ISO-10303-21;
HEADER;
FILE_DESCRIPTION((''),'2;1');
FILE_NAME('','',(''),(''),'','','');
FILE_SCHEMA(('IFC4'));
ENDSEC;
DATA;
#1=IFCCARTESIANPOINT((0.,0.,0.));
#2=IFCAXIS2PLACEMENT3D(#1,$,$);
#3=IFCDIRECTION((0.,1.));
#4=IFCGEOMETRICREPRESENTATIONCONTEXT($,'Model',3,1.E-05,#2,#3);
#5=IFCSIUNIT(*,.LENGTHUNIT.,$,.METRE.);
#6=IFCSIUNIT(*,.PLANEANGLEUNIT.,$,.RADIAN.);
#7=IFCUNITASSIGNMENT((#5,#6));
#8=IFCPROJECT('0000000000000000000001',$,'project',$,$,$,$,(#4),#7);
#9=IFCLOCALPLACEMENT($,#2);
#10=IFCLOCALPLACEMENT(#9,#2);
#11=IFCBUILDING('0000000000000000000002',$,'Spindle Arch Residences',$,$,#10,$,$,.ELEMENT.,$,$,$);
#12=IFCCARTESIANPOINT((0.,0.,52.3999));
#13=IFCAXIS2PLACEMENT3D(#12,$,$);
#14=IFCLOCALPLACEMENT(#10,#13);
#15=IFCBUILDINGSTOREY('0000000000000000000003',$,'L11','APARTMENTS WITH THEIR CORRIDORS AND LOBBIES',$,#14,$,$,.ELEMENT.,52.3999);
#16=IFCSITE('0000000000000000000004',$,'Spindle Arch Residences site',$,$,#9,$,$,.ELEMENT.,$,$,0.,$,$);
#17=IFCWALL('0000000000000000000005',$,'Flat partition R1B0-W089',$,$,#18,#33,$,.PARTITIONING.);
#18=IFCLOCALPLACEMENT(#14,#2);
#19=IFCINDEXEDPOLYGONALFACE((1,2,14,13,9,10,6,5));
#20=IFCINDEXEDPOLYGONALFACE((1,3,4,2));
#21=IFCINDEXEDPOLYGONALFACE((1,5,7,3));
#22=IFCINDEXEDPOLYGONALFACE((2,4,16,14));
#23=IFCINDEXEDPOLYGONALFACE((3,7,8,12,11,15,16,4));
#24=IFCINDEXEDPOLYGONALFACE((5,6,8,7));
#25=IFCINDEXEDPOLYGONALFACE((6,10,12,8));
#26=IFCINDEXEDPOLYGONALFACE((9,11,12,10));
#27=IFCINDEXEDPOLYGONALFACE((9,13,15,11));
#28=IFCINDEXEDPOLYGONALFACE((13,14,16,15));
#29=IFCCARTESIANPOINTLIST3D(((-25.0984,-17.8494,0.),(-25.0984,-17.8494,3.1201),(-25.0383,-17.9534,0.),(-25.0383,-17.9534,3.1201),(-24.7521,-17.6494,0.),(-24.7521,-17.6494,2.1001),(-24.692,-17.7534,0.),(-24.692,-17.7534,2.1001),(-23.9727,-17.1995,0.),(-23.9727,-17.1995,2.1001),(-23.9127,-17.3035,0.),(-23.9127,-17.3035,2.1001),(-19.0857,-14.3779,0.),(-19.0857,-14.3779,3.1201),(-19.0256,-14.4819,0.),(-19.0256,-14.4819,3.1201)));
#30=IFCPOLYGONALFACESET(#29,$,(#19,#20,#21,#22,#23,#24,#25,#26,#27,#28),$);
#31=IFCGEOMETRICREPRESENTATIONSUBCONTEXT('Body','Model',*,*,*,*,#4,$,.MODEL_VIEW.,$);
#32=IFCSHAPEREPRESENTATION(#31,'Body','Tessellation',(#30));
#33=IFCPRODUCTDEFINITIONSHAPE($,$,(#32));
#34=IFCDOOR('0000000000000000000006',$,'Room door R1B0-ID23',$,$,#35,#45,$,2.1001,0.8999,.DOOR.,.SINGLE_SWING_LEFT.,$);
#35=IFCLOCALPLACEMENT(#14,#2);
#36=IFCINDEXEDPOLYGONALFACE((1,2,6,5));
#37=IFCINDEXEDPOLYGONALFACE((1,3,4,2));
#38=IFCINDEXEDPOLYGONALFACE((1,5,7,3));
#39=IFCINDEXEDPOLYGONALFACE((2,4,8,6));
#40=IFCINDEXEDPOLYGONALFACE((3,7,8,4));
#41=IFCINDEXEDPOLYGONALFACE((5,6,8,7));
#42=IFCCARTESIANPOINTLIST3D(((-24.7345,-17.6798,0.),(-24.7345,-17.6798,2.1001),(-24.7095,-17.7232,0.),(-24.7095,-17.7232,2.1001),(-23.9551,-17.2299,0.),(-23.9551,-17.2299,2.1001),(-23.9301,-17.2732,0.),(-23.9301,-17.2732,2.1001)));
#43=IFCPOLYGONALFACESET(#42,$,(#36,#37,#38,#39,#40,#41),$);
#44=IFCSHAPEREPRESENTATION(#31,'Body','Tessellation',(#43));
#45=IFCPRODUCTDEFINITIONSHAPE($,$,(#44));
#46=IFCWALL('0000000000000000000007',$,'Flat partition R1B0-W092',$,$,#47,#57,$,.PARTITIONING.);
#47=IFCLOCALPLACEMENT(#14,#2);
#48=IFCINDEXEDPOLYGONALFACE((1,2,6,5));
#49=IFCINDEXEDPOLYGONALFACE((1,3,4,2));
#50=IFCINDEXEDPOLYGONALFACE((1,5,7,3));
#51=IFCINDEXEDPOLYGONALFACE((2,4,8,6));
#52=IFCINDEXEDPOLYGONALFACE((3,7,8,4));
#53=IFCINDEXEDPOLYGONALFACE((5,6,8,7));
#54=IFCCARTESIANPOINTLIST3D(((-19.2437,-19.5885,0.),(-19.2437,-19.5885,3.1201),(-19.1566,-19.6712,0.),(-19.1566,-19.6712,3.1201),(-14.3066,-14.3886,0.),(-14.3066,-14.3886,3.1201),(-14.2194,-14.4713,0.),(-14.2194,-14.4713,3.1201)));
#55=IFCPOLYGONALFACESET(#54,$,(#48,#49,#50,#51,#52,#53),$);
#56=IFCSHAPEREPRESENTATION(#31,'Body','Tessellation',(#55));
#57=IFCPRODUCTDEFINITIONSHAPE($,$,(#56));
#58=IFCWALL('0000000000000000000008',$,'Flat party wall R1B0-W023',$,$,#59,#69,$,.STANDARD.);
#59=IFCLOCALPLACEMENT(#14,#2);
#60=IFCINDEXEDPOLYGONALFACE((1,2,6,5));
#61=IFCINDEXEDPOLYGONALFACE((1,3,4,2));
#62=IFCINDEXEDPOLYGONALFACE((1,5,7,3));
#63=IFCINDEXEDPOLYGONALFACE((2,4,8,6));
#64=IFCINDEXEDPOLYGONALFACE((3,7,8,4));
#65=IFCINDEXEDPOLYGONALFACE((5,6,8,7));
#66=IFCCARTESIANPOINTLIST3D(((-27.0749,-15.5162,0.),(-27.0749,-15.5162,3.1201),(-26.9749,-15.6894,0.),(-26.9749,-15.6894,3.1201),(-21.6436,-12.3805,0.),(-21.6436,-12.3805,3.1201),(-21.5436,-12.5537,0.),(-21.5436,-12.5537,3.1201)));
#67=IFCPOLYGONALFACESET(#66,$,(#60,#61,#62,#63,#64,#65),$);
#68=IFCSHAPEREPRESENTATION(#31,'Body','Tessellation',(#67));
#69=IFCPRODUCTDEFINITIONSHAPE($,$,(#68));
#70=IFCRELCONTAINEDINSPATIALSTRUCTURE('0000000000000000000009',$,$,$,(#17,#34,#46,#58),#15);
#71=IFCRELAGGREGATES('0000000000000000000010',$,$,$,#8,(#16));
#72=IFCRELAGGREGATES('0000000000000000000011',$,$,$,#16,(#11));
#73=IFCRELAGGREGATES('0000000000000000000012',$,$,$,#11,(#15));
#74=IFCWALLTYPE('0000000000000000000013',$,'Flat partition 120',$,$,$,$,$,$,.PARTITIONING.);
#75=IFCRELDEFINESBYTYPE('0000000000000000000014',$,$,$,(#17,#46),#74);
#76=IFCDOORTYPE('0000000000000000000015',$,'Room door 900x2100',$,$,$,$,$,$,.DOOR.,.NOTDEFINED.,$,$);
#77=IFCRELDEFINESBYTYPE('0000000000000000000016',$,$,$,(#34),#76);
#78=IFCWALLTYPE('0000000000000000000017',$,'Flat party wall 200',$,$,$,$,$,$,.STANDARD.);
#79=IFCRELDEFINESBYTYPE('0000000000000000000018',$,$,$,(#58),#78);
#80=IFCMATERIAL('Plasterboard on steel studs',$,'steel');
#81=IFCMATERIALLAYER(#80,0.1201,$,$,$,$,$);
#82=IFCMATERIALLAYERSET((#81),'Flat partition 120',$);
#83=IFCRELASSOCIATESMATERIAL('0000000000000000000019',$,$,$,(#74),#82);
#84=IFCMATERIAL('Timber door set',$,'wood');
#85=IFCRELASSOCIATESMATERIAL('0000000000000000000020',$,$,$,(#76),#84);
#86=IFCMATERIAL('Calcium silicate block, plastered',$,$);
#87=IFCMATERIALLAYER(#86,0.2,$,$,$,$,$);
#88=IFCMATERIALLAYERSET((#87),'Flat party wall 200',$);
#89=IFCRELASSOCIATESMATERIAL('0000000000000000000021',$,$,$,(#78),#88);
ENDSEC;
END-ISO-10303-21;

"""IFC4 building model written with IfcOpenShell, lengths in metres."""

from ifc_helpers import new_model, si_unit, direction, frame, frame_2d, origin, place, context, subcontext, project, spatial, rectangle, extrude, material, layer, layer_set, type_object, element, fill, save


model = new_model("IFC4")

# Units and contexts
model_context = context("Model", 3, precision=1e-05, world=origin(), true_north=direction((0.0, 1.0)))
body_context = subcontext(model_context, "Body", "Model", "MODEL_VIEW")
ifc_project = project(units=[si_unit("LENGTHUNIT", "METRE"), si_unit("PLANEANGLEUNIT", "RADIAN")], contexts=[model_context])

# Site, building, storey
site_placement = place(None, origin())
site = spatial("IfcSite", under=ifc_project, at=site_placement, Name="Spindle Arch Residences site", CompositionType="ELEMENT", RefElevation=0.0)
building_placement = place(site_placement, origin())
building = spatial("IfcBuilding", under=site, at=building_placement, Name="Spindle Arch Residences", CompositionType="ELEMENT")
storey_placement = place(building_placement, frame((0.0, 0.0, 52.3999)))
storey = spatial("IfcBuildingStorey", under=building, at=storey_placement, Name="L11", Description="APARTMENTS WITH THEIR CORRIDORS AND LOBBIES", CompositionType="ELEMENT", Elevation=52.3999)

# Shared definitions
ifc_material_1 = material(Name="Plasterboard on steel studs", Category="steel")
ifc_layer_1 = layer(ifc_material_1, 0.1201)
ifc_layer_set_1 = layer_set([ifc_layer_1], Name="Flat partition 120")
wall_type_1 = type_object("IfcWallType", Name="Flat partition 120", PredefinedType="PARTITIONING", material=ifc_layer_set_1)

# Wall, opening, door
wall_1_placement = place(storey_placement, frame((-25.0684, -17.9014, 0.0), z_axis=(0.0, 0.0, 1.0), x_axis=(0.866025, 0.5, 0.0)))
wall_1 = element("IfcWall", 1, at=wall_1_placement, inside=storey, type_object=wall_type_1, Name="Flat partition R1B0-W089", PredefinedType="PARTITIONING", context=body_context, shape_type="SweptSolid", body=[
    extrude(rectangle(XDim=6.9429, YDim=0.1201, at=frame_2d((3.4714, 0.0))), origin(), (0.0, 0.0, 1.0), 3.1201),
])
opening_placement = place(wall_1_placement, frame((0.3999, 0.0, 0.0)))
opening = element("IfcOpeningElement", 2, at=opening_placement, cuts=wall_1, PredefinedType="OPENING", context=body_context, shape_type="SweptSolid", body=[
    extrude(rectangle(XDim=0.8999, YDim=2.1001, at=frame_2d((0.45, 1.05))), frame((0.0, 0.0701, 0.0), z_axis=(0.0, -1.0, 0.0), x_axis=(1.0, 0.0, 0.0)), (0.0, 0.0, 1.0), 0.1401),
])
ifc_material_2 = material(Name="Timber door set", Category="wood")
door_type = type_object("IfcDoorType", Name="Room door 900x2100", OperationType="NOTDEFINED", PredefinedType="DOOR", material=ifc_material_2)
door_placement = place(opening_placement, origin())
door = element("IfcDoor", 3, at=door_placement, inside=storey, type_object=door_type, Name="Room door R1B0-ID23", OperationType="SINGLE_SWING_LEFT", OverallHeight=2.1001, OverallWidth=0.8999, PredefinedType="DOOR", context=body_context, shape_type="SweptSolid", body=[
    extrude(rectangle(XDim=0.8999, YDim=2.1001, at=frame_2d((0.45, 1.05))), frame((0.0, 0.0249, 0.0), z_axis=(0.0, -1.0, 0.0), x_axis=(1.0, 0.0, 0.0)), (0.0, 0.0, 1.0), 0.05),
])
fill(opening, door)

# Walls
wall_2_placement = place(storey_placement, frame((-19.2002, -19.6299, 0.0), z_axis=(0.0, 0.0, 1.0), x_axis=(0.688552, 0.725187, 0.0)))
element("IfcWall", 4, at=wall_2_placement, inside=storey, type_object=wall_type_1, Name="Flat partition R1B0-W092", PredefinedType="PARTITIONING", context=body_context, shape_type="SweptSolid", body=[
    extrude(rectangle(XDim=7.1704, YDim=0.1201, at=frame_2d((3.5852, 0.0))), origin(), (0.0, 0.0, 1.0), 3.1201),
])
ifc_material_3 = material(Name="Calcium silicate block, plastered")
ifc_layer_2 = layer(ifc_material_3, 0.2)
ifc_layer_set_2 = layer_set([ifc_layer_2], Name="Flat party wall 200")
wall_type_2 = type_object("IfcWallType", Name="Flat party wall 200", PredefinedType="STANDARD", material=ifc_layer_set_2)
wall_3_placement = place(storey_placement, frame((-27.0249, -15.6028, 0.0), z_axis=(0.0, 0.0, 1.0), x_axis=(0.866031, 0.499991, 0.0)))
element("IfcWall", 5, at=wall_3_placement, inside=storey, type_object=wall_type_2, Name="Flat party wall R1B0-W023", PredefinedType="STANDARD", context=body_context, shape_type="SweptSolid", body=[
    extrude(rectangle(XDim=6.2715, YDim=0.2, at=frame_2d((3.1357, 0.0))), origin(), (0.0, 0.0, 1.0), 3.1201),
])

save(model, "model.ifc")
